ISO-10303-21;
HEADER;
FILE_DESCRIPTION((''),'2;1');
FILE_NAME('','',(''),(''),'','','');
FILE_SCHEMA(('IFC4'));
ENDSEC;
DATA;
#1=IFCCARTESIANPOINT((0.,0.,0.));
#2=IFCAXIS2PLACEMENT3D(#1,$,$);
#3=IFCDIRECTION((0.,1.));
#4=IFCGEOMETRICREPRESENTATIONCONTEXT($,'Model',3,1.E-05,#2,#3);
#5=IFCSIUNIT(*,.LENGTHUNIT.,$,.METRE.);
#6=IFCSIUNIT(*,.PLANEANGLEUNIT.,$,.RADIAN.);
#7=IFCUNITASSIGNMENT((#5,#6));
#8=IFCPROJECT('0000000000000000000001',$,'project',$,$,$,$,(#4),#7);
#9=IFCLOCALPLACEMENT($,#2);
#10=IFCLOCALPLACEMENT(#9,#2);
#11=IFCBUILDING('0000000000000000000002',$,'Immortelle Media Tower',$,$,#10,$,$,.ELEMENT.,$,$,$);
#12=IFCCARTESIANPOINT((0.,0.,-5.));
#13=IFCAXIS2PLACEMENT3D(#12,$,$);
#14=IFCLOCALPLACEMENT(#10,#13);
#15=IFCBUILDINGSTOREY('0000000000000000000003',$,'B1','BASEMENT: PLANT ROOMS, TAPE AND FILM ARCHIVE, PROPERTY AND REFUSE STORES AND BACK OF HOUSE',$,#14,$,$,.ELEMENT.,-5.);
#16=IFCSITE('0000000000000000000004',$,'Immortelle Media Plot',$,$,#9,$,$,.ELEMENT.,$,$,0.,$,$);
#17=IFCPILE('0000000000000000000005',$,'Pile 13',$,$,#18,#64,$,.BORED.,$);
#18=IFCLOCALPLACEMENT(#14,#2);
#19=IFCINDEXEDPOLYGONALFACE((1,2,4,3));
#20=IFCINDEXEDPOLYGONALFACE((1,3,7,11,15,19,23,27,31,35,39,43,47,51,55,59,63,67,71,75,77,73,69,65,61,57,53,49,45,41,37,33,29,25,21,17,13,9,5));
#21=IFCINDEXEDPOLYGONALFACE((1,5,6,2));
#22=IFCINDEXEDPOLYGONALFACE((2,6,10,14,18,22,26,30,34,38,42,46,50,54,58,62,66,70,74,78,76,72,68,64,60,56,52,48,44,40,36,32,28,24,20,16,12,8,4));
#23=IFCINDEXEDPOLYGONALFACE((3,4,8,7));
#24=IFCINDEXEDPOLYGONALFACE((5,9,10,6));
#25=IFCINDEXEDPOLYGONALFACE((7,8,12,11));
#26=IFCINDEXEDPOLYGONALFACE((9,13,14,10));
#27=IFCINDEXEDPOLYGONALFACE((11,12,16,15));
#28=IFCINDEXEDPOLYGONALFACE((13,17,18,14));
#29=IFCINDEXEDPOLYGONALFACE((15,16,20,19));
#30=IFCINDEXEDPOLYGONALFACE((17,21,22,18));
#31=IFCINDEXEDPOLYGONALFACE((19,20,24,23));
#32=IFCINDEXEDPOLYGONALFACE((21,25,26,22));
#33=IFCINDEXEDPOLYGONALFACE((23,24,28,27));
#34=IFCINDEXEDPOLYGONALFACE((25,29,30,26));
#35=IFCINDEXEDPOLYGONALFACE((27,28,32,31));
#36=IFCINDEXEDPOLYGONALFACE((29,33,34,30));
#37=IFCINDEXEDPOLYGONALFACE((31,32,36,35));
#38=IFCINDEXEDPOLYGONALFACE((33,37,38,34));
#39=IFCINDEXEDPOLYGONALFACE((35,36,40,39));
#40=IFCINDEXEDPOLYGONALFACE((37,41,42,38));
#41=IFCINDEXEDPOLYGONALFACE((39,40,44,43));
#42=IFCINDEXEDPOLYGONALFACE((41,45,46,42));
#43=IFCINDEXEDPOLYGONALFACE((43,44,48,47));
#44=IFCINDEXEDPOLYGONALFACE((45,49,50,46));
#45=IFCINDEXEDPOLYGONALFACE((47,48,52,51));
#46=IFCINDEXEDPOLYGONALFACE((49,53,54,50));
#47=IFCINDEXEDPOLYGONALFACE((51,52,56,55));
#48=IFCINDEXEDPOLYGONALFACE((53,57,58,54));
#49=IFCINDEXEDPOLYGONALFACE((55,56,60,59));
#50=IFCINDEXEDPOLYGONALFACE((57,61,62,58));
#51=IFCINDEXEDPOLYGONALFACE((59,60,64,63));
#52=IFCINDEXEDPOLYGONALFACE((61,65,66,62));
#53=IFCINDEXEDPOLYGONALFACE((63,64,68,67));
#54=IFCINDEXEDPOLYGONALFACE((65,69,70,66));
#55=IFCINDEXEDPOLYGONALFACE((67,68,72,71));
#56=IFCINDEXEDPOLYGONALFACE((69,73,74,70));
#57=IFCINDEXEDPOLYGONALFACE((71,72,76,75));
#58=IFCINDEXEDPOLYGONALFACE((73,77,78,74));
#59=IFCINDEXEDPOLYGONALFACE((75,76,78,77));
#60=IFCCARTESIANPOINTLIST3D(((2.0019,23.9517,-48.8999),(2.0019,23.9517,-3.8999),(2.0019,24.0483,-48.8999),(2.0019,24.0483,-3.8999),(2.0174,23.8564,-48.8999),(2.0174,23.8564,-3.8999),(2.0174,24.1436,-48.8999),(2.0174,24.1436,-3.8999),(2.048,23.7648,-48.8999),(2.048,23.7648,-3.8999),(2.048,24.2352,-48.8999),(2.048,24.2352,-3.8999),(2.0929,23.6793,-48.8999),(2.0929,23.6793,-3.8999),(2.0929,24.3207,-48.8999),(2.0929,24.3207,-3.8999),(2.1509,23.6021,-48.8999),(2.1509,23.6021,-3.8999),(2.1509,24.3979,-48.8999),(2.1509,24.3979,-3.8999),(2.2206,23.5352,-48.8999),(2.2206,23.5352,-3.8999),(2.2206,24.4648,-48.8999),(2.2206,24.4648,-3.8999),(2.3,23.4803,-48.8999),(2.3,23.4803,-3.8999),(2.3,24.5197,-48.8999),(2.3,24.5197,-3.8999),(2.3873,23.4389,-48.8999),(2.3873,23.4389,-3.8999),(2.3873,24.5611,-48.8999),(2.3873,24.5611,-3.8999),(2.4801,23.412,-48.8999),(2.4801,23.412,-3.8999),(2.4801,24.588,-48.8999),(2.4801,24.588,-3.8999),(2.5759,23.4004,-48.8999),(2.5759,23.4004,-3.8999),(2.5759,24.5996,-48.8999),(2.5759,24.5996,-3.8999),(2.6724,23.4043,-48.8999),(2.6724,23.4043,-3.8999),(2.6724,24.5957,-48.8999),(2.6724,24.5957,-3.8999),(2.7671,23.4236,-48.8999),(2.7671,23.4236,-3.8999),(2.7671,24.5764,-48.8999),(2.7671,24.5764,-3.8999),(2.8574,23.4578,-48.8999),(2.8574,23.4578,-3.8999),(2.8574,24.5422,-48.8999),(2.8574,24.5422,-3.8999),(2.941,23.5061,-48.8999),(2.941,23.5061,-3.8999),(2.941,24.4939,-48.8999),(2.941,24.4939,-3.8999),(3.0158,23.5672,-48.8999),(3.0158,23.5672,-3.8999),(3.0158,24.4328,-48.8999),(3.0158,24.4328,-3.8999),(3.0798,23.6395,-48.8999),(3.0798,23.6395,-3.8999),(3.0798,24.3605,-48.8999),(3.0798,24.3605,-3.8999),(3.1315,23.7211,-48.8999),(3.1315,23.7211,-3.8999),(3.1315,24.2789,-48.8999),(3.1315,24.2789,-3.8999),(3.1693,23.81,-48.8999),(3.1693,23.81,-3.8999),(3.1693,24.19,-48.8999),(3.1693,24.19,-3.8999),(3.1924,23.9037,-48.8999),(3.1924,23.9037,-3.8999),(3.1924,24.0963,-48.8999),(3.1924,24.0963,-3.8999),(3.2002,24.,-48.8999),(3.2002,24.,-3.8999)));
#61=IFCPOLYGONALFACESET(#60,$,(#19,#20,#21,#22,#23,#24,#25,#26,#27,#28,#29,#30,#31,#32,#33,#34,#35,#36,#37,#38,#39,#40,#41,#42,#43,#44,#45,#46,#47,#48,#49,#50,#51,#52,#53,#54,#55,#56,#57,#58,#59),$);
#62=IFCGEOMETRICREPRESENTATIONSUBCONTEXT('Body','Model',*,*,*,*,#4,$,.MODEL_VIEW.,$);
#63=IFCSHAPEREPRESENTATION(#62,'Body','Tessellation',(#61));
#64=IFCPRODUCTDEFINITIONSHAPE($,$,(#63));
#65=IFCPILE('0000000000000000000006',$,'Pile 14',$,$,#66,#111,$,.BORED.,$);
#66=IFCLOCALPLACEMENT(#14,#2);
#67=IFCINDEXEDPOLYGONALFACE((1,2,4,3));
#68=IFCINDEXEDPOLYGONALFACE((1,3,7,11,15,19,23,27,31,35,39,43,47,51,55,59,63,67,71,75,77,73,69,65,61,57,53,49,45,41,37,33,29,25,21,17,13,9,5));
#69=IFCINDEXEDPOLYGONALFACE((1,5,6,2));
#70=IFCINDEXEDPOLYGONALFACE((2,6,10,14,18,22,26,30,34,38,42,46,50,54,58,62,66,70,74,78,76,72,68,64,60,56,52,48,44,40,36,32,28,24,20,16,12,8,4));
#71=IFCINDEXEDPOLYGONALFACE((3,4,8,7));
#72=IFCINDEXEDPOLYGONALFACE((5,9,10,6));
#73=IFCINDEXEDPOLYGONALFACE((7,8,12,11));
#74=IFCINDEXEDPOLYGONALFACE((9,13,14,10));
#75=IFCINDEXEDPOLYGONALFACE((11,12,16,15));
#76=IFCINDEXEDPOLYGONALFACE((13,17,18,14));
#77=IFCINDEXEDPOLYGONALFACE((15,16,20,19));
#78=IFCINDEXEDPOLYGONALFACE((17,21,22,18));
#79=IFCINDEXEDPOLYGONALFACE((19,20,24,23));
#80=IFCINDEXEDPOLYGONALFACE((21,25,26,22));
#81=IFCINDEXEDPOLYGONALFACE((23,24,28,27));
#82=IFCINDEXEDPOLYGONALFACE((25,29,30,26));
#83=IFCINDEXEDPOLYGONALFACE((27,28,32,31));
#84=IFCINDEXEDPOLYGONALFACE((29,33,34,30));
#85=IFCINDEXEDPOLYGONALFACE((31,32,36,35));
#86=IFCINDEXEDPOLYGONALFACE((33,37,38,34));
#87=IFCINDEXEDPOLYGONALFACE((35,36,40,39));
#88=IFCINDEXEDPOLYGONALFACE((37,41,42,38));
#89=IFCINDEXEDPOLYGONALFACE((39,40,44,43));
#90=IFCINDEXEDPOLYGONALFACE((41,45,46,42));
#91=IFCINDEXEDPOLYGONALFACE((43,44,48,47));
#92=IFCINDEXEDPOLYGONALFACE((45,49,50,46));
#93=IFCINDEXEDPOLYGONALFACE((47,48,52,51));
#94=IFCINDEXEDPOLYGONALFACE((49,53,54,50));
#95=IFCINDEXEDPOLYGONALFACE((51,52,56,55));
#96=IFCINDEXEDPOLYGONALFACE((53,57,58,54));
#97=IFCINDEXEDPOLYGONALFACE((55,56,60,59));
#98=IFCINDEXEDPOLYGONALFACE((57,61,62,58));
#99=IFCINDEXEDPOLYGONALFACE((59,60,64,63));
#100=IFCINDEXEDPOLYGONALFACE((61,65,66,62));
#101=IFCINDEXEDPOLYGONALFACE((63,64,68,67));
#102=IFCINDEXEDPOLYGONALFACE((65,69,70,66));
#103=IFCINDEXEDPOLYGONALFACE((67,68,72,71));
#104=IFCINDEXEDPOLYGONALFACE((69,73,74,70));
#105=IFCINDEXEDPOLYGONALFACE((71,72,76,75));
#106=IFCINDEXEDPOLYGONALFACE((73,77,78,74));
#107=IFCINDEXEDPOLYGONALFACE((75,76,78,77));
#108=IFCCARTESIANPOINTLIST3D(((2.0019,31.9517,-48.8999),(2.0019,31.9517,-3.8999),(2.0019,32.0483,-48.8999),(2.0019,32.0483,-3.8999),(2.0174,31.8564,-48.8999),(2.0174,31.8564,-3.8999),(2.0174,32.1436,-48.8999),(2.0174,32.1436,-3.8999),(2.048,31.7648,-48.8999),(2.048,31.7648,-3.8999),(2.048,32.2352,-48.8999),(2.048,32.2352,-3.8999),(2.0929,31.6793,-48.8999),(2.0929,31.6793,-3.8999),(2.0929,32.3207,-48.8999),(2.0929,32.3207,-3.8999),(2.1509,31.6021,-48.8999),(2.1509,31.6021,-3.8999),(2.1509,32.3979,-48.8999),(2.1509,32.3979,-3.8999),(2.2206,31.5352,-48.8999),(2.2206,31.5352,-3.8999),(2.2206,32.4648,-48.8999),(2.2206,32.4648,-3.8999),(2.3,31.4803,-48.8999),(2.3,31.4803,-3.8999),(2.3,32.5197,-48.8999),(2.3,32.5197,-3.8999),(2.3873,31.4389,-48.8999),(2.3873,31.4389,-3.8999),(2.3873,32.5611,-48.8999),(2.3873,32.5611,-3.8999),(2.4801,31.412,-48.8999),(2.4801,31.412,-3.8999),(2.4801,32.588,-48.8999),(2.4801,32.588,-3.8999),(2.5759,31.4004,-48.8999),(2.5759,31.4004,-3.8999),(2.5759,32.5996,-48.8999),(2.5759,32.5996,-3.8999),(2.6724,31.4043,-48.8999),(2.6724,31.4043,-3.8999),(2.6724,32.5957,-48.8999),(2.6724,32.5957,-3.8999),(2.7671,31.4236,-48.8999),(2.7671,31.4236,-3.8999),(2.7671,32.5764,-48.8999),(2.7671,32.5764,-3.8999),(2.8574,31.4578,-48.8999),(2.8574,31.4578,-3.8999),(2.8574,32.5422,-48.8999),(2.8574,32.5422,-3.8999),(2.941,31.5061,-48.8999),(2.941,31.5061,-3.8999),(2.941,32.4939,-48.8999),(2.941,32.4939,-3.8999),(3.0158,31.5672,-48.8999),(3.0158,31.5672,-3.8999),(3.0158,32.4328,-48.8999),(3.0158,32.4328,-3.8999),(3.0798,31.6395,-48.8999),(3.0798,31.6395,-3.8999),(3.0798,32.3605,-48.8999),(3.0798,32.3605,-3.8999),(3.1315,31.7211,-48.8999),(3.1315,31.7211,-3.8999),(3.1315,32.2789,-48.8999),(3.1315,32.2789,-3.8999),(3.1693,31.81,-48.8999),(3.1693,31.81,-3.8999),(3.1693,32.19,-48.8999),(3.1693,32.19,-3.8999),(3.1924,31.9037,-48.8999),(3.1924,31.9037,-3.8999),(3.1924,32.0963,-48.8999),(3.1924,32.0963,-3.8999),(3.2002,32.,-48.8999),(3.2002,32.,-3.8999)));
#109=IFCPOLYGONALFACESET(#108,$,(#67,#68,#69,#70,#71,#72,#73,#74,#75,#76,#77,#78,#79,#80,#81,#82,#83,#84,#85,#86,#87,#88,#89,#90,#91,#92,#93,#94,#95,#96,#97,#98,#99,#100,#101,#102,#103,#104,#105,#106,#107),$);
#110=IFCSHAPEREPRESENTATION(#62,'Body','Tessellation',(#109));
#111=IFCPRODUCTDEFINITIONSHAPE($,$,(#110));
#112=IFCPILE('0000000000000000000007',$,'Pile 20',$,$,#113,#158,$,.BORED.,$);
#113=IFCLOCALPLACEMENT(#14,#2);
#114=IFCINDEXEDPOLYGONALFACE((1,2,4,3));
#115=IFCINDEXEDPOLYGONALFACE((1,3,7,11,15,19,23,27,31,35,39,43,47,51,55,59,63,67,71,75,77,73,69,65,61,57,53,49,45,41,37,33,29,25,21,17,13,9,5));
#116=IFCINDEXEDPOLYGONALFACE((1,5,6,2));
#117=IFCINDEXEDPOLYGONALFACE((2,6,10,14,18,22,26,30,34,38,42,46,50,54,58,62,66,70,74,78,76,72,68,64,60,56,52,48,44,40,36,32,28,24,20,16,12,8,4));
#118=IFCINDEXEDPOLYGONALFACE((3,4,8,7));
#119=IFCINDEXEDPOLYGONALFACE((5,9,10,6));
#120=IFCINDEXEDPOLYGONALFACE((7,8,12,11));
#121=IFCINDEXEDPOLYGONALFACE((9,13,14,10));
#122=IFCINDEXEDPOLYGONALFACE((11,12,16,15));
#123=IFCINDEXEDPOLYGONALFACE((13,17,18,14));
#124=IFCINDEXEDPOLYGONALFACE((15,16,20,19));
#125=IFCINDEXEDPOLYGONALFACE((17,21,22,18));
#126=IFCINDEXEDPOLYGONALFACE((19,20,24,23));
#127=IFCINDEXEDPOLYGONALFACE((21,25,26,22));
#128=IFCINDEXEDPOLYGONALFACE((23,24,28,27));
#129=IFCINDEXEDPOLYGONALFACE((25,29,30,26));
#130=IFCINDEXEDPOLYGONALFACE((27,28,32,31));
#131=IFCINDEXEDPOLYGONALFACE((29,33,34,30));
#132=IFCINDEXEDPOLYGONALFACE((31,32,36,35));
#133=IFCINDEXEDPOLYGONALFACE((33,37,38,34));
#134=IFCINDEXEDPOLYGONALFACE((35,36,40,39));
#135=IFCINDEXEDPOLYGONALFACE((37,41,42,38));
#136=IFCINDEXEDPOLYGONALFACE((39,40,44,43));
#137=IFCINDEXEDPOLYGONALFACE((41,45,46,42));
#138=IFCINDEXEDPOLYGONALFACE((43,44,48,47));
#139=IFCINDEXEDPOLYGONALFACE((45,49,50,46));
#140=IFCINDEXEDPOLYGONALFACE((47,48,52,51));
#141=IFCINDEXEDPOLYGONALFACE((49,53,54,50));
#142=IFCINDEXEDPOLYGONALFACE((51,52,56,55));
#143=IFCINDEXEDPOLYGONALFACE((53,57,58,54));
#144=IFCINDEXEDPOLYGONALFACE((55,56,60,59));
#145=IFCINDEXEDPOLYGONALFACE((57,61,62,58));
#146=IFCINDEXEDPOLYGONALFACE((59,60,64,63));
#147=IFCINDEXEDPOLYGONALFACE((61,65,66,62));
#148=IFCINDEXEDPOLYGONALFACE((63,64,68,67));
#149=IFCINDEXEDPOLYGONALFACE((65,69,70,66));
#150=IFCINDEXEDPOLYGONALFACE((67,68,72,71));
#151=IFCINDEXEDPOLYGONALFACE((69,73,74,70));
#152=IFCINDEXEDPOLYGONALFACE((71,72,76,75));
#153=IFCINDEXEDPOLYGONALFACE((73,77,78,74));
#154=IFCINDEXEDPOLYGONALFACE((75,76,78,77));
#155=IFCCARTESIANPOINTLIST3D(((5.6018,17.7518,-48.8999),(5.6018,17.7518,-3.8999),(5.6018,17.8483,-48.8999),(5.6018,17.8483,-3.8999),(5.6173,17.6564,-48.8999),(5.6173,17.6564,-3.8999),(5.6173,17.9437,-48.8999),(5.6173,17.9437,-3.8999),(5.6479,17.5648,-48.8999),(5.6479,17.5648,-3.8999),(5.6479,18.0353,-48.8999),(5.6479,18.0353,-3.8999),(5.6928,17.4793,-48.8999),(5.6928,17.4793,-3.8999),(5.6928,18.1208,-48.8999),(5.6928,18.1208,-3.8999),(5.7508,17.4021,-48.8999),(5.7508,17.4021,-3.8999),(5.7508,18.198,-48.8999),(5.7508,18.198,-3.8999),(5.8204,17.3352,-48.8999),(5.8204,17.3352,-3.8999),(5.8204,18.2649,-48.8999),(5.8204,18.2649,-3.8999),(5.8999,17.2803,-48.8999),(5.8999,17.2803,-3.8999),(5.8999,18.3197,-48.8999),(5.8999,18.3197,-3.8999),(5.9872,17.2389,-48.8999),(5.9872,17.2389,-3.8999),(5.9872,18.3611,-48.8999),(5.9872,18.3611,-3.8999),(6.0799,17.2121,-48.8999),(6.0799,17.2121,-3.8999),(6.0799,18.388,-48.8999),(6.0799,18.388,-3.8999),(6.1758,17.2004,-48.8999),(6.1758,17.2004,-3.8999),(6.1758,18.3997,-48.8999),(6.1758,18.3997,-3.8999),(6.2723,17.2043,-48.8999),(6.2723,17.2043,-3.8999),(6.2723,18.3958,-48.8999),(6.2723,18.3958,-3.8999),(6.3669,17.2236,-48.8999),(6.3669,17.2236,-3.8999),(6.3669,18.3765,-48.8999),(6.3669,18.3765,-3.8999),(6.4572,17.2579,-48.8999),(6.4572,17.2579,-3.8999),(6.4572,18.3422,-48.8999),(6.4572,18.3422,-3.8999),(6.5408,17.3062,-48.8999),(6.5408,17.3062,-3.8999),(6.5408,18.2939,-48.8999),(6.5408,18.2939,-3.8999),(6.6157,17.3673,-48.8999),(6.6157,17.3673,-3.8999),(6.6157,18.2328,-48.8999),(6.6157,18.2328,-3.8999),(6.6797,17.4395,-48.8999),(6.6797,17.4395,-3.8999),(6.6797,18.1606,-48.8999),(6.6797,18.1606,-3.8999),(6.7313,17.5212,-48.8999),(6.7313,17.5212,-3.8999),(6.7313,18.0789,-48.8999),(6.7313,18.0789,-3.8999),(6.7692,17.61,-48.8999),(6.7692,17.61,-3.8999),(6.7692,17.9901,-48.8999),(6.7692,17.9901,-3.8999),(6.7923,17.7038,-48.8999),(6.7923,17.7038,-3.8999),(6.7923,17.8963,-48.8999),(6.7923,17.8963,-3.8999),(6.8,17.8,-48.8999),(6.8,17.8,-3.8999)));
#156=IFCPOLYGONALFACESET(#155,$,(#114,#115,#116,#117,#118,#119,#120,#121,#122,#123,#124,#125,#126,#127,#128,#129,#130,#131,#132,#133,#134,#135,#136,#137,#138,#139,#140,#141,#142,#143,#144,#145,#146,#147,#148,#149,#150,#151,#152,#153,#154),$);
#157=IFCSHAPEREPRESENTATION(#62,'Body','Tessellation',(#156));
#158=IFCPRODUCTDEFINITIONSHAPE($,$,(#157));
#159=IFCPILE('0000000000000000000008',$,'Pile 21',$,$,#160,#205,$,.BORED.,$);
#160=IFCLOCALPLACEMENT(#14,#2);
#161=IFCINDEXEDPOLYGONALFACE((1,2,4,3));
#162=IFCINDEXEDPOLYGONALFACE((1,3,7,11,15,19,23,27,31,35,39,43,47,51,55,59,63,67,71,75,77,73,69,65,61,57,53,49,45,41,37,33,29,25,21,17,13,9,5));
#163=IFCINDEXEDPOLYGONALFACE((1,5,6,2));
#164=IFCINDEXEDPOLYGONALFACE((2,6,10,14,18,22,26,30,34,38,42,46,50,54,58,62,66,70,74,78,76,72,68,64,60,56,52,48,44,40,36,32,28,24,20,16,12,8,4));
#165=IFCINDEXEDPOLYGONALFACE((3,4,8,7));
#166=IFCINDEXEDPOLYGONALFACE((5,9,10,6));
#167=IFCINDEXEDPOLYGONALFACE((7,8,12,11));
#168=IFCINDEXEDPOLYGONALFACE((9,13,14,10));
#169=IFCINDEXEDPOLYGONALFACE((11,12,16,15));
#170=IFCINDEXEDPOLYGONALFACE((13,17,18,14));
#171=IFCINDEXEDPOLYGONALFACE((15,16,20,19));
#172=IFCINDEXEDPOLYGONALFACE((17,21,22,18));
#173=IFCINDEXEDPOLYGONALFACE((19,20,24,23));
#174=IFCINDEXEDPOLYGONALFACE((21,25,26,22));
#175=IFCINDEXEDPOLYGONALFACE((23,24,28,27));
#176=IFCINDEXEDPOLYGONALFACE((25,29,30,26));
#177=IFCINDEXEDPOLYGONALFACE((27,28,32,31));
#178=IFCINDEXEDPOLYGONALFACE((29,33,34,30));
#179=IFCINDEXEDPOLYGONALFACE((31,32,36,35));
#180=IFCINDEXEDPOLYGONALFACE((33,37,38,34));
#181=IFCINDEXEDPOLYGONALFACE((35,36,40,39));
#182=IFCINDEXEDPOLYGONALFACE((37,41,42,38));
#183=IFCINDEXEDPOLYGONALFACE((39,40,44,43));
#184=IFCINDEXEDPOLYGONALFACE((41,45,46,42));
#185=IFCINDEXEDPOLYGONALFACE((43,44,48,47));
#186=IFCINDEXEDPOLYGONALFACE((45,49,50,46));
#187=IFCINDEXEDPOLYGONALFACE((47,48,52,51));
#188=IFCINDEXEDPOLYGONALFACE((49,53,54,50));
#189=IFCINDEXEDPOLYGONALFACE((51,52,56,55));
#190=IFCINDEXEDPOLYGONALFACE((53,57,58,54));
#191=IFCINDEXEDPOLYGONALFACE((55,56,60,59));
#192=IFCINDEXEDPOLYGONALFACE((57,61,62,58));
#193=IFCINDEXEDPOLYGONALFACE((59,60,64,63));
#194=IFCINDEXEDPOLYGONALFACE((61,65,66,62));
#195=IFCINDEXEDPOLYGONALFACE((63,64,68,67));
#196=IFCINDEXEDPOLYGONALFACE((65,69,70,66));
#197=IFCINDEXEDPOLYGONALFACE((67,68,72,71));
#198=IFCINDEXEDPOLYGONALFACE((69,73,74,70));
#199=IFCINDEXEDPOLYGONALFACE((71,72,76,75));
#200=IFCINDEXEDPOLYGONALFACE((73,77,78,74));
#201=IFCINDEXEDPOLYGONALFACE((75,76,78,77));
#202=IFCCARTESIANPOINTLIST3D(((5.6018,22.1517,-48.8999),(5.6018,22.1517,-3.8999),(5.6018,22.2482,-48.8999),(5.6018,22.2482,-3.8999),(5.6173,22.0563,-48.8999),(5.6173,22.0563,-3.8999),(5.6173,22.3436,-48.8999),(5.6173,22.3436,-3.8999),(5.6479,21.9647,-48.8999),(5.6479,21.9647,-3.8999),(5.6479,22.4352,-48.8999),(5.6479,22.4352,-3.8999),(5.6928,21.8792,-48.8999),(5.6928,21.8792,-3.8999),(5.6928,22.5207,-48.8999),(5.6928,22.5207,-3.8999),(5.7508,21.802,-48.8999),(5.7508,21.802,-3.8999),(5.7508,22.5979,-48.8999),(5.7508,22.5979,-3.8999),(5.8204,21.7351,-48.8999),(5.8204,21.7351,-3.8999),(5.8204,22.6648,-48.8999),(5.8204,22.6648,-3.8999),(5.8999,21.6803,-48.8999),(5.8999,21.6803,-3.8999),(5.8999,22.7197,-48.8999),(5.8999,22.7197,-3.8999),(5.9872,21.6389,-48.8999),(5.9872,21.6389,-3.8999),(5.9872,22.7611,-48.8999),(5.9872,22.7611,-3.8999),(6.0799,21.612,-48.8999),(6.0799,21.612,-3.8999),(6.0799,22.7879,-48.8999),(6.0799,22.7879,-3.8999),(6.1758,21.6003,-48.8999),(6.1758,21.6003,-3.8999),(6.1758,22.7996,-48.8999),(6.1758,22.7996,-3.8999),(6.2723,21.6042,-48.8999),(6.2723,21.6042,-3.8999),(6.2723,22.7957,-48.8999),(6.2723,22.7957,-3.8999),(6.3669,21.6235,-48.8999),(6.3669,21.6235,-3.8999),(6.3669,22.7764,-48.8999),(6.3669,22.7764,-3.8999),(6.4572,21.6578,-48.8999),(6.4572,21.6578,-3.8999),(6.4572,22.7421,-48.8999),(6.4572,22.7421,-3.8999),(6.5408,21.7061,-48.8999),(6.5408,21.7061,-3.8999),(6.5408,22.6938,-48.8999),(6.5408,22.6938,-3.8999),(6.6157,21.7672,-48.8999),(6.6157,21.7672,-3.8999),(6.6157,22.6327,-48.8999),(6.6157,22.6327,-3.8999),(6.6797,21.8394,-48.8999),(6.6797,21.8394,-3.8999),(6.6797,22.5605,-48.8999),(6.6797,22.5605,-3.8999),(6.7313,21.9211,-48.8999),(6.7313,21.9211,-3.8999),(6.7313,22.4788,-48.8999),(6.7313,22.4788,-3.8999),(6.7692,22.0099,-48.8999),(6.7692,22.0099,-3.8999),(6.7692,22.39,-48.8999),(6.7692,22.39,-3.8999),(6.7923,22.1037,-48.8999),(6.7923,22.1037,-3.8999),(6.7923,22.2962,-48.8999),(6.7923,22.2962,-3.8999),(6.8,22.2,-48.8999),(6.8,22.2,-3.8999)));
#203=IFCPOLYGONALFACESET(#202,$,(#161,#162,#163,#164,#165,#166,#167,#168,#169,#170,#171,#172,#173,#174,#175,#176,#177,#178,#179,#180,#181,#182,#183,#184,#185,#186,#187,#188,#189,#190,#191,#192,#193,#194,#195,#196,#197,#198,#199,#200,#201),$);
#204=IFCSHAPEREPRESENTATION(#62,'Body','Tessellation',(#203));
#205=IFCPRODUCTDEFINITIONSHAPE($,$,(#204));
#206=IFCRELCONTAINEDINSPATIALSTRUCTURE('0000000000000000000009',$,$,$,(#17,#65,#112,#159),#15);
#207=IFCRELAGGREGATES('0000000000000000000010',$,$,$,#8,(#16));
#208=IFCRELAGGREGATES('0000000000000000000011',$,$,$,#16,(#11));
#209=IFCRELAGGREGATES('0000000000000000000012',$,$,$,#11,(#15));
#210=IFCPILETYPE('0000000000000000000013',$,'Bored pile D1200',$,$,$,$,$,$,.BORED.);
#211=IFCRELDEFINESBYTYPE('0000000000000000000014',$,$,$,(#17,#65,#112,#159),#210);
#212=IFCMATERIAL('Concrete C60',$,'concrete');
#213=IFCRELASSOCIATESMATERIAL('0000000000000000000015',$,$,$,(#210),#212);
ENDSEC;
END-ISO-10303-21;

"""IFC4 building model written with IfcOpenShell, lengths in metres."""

from ifc_helpers import new_model, si_unit, direction, frame, origin, origin_2d, place, context, subcontext, project, spatial, circle, extrude, material, material_profile, profile_set, type_object, element, save


model = new_model("IFC4")

# Units and contexts
model_context = context("Model", 3, precision=1e-05, world=origin(), true_north=direction((0.0, 1.0)))
body_context = subcontext(model_context, "Body", "Model", "MODEL_VIEW")
ifc_project = project(units=[si_unit("LENGTHUNIT", "METRE"), si_unit("PLANEANGLEUNIT", "RADIAN")], contexts=[model_context])

# Site, building, storey
site_placement = place(None, origin())
site = spatial("IfcSite", under=ifc_project, at=site_placement, Name="Immortelle Media Plot", CompositionType="ELEMENT", RefElevation=0.0)
building_placement = place(site_placement, origin())
building = spatial("IfcBuilding", under=site, at=building_placement, Name="Immortelle Media Tower", CompositionType="ELEMENT")
storey_placement = place(building_placement, frame((0.0, 0.0, -5.0)))
storey = spatial("IfcBuildingStorey", under=building, at=storey_placement, Name="B1", Description="BASEMENT: PLANT ROOMS, TAPE AND FILM ARCHIVE, PROPERTY AND REFUSE STORES AND BACK OF HOUSE", CompositionType="ELEMENT", Elevation=-5.0)

# Piles
ifc_material_1 = material(Name="Concrete C60", Category="concrete")
ifc_material_profile_1 = material_profile(ifc_material_1, circle(Radius=0.6001, at=origin_2d()), Name="Bored pile D1200")
ifc_profile_set_1 = profile_set([ifc_material_profile_1], Name="Concrete C60")
pile_type = type_object("IfcPileType", Name="Bored pile D1200", PredefinedType="BORED", material=ifc_profile_set_1)
for number, where, z_axis, x_axis, name in (
    (1, (2.6001, 24.0, -3.8999), (0.0, 0.0, -1.0), (1.0, 0.0, 0.0), "Pile 13"),
    (2, (2.6001, 32.0, -3.8999), (0.0, 0.0, -1.0), (1.0, 0.0, 0.0), "Pile 14"),
    (3, (6.2, 17.8, -3.8999), (0.0, 0.0, -1.0), (1.0, 0.0, 0.0), "Pile 20"),
    (4, (6.2, 22.2, -3.8999), (0.0, 0.0, -1.0), (1.0, 0.0, 0.0), "Pile 21"),
):
    element("IfcPile", number, at=place(storey_placement, frame(where, z_axis=z_axis, x_axis=x_axis)), inside=storey, type_object=pile_type, Name=name, PredefinedType="BORED", context=body_context, shape_type="SweptSolid", body=[
        extrude(circle(Radius=0.6001, at=origin_2d()), origin(), (0.0, 0.0, 1.0), 45.0),
    ])

save(model, "model.ifc")
